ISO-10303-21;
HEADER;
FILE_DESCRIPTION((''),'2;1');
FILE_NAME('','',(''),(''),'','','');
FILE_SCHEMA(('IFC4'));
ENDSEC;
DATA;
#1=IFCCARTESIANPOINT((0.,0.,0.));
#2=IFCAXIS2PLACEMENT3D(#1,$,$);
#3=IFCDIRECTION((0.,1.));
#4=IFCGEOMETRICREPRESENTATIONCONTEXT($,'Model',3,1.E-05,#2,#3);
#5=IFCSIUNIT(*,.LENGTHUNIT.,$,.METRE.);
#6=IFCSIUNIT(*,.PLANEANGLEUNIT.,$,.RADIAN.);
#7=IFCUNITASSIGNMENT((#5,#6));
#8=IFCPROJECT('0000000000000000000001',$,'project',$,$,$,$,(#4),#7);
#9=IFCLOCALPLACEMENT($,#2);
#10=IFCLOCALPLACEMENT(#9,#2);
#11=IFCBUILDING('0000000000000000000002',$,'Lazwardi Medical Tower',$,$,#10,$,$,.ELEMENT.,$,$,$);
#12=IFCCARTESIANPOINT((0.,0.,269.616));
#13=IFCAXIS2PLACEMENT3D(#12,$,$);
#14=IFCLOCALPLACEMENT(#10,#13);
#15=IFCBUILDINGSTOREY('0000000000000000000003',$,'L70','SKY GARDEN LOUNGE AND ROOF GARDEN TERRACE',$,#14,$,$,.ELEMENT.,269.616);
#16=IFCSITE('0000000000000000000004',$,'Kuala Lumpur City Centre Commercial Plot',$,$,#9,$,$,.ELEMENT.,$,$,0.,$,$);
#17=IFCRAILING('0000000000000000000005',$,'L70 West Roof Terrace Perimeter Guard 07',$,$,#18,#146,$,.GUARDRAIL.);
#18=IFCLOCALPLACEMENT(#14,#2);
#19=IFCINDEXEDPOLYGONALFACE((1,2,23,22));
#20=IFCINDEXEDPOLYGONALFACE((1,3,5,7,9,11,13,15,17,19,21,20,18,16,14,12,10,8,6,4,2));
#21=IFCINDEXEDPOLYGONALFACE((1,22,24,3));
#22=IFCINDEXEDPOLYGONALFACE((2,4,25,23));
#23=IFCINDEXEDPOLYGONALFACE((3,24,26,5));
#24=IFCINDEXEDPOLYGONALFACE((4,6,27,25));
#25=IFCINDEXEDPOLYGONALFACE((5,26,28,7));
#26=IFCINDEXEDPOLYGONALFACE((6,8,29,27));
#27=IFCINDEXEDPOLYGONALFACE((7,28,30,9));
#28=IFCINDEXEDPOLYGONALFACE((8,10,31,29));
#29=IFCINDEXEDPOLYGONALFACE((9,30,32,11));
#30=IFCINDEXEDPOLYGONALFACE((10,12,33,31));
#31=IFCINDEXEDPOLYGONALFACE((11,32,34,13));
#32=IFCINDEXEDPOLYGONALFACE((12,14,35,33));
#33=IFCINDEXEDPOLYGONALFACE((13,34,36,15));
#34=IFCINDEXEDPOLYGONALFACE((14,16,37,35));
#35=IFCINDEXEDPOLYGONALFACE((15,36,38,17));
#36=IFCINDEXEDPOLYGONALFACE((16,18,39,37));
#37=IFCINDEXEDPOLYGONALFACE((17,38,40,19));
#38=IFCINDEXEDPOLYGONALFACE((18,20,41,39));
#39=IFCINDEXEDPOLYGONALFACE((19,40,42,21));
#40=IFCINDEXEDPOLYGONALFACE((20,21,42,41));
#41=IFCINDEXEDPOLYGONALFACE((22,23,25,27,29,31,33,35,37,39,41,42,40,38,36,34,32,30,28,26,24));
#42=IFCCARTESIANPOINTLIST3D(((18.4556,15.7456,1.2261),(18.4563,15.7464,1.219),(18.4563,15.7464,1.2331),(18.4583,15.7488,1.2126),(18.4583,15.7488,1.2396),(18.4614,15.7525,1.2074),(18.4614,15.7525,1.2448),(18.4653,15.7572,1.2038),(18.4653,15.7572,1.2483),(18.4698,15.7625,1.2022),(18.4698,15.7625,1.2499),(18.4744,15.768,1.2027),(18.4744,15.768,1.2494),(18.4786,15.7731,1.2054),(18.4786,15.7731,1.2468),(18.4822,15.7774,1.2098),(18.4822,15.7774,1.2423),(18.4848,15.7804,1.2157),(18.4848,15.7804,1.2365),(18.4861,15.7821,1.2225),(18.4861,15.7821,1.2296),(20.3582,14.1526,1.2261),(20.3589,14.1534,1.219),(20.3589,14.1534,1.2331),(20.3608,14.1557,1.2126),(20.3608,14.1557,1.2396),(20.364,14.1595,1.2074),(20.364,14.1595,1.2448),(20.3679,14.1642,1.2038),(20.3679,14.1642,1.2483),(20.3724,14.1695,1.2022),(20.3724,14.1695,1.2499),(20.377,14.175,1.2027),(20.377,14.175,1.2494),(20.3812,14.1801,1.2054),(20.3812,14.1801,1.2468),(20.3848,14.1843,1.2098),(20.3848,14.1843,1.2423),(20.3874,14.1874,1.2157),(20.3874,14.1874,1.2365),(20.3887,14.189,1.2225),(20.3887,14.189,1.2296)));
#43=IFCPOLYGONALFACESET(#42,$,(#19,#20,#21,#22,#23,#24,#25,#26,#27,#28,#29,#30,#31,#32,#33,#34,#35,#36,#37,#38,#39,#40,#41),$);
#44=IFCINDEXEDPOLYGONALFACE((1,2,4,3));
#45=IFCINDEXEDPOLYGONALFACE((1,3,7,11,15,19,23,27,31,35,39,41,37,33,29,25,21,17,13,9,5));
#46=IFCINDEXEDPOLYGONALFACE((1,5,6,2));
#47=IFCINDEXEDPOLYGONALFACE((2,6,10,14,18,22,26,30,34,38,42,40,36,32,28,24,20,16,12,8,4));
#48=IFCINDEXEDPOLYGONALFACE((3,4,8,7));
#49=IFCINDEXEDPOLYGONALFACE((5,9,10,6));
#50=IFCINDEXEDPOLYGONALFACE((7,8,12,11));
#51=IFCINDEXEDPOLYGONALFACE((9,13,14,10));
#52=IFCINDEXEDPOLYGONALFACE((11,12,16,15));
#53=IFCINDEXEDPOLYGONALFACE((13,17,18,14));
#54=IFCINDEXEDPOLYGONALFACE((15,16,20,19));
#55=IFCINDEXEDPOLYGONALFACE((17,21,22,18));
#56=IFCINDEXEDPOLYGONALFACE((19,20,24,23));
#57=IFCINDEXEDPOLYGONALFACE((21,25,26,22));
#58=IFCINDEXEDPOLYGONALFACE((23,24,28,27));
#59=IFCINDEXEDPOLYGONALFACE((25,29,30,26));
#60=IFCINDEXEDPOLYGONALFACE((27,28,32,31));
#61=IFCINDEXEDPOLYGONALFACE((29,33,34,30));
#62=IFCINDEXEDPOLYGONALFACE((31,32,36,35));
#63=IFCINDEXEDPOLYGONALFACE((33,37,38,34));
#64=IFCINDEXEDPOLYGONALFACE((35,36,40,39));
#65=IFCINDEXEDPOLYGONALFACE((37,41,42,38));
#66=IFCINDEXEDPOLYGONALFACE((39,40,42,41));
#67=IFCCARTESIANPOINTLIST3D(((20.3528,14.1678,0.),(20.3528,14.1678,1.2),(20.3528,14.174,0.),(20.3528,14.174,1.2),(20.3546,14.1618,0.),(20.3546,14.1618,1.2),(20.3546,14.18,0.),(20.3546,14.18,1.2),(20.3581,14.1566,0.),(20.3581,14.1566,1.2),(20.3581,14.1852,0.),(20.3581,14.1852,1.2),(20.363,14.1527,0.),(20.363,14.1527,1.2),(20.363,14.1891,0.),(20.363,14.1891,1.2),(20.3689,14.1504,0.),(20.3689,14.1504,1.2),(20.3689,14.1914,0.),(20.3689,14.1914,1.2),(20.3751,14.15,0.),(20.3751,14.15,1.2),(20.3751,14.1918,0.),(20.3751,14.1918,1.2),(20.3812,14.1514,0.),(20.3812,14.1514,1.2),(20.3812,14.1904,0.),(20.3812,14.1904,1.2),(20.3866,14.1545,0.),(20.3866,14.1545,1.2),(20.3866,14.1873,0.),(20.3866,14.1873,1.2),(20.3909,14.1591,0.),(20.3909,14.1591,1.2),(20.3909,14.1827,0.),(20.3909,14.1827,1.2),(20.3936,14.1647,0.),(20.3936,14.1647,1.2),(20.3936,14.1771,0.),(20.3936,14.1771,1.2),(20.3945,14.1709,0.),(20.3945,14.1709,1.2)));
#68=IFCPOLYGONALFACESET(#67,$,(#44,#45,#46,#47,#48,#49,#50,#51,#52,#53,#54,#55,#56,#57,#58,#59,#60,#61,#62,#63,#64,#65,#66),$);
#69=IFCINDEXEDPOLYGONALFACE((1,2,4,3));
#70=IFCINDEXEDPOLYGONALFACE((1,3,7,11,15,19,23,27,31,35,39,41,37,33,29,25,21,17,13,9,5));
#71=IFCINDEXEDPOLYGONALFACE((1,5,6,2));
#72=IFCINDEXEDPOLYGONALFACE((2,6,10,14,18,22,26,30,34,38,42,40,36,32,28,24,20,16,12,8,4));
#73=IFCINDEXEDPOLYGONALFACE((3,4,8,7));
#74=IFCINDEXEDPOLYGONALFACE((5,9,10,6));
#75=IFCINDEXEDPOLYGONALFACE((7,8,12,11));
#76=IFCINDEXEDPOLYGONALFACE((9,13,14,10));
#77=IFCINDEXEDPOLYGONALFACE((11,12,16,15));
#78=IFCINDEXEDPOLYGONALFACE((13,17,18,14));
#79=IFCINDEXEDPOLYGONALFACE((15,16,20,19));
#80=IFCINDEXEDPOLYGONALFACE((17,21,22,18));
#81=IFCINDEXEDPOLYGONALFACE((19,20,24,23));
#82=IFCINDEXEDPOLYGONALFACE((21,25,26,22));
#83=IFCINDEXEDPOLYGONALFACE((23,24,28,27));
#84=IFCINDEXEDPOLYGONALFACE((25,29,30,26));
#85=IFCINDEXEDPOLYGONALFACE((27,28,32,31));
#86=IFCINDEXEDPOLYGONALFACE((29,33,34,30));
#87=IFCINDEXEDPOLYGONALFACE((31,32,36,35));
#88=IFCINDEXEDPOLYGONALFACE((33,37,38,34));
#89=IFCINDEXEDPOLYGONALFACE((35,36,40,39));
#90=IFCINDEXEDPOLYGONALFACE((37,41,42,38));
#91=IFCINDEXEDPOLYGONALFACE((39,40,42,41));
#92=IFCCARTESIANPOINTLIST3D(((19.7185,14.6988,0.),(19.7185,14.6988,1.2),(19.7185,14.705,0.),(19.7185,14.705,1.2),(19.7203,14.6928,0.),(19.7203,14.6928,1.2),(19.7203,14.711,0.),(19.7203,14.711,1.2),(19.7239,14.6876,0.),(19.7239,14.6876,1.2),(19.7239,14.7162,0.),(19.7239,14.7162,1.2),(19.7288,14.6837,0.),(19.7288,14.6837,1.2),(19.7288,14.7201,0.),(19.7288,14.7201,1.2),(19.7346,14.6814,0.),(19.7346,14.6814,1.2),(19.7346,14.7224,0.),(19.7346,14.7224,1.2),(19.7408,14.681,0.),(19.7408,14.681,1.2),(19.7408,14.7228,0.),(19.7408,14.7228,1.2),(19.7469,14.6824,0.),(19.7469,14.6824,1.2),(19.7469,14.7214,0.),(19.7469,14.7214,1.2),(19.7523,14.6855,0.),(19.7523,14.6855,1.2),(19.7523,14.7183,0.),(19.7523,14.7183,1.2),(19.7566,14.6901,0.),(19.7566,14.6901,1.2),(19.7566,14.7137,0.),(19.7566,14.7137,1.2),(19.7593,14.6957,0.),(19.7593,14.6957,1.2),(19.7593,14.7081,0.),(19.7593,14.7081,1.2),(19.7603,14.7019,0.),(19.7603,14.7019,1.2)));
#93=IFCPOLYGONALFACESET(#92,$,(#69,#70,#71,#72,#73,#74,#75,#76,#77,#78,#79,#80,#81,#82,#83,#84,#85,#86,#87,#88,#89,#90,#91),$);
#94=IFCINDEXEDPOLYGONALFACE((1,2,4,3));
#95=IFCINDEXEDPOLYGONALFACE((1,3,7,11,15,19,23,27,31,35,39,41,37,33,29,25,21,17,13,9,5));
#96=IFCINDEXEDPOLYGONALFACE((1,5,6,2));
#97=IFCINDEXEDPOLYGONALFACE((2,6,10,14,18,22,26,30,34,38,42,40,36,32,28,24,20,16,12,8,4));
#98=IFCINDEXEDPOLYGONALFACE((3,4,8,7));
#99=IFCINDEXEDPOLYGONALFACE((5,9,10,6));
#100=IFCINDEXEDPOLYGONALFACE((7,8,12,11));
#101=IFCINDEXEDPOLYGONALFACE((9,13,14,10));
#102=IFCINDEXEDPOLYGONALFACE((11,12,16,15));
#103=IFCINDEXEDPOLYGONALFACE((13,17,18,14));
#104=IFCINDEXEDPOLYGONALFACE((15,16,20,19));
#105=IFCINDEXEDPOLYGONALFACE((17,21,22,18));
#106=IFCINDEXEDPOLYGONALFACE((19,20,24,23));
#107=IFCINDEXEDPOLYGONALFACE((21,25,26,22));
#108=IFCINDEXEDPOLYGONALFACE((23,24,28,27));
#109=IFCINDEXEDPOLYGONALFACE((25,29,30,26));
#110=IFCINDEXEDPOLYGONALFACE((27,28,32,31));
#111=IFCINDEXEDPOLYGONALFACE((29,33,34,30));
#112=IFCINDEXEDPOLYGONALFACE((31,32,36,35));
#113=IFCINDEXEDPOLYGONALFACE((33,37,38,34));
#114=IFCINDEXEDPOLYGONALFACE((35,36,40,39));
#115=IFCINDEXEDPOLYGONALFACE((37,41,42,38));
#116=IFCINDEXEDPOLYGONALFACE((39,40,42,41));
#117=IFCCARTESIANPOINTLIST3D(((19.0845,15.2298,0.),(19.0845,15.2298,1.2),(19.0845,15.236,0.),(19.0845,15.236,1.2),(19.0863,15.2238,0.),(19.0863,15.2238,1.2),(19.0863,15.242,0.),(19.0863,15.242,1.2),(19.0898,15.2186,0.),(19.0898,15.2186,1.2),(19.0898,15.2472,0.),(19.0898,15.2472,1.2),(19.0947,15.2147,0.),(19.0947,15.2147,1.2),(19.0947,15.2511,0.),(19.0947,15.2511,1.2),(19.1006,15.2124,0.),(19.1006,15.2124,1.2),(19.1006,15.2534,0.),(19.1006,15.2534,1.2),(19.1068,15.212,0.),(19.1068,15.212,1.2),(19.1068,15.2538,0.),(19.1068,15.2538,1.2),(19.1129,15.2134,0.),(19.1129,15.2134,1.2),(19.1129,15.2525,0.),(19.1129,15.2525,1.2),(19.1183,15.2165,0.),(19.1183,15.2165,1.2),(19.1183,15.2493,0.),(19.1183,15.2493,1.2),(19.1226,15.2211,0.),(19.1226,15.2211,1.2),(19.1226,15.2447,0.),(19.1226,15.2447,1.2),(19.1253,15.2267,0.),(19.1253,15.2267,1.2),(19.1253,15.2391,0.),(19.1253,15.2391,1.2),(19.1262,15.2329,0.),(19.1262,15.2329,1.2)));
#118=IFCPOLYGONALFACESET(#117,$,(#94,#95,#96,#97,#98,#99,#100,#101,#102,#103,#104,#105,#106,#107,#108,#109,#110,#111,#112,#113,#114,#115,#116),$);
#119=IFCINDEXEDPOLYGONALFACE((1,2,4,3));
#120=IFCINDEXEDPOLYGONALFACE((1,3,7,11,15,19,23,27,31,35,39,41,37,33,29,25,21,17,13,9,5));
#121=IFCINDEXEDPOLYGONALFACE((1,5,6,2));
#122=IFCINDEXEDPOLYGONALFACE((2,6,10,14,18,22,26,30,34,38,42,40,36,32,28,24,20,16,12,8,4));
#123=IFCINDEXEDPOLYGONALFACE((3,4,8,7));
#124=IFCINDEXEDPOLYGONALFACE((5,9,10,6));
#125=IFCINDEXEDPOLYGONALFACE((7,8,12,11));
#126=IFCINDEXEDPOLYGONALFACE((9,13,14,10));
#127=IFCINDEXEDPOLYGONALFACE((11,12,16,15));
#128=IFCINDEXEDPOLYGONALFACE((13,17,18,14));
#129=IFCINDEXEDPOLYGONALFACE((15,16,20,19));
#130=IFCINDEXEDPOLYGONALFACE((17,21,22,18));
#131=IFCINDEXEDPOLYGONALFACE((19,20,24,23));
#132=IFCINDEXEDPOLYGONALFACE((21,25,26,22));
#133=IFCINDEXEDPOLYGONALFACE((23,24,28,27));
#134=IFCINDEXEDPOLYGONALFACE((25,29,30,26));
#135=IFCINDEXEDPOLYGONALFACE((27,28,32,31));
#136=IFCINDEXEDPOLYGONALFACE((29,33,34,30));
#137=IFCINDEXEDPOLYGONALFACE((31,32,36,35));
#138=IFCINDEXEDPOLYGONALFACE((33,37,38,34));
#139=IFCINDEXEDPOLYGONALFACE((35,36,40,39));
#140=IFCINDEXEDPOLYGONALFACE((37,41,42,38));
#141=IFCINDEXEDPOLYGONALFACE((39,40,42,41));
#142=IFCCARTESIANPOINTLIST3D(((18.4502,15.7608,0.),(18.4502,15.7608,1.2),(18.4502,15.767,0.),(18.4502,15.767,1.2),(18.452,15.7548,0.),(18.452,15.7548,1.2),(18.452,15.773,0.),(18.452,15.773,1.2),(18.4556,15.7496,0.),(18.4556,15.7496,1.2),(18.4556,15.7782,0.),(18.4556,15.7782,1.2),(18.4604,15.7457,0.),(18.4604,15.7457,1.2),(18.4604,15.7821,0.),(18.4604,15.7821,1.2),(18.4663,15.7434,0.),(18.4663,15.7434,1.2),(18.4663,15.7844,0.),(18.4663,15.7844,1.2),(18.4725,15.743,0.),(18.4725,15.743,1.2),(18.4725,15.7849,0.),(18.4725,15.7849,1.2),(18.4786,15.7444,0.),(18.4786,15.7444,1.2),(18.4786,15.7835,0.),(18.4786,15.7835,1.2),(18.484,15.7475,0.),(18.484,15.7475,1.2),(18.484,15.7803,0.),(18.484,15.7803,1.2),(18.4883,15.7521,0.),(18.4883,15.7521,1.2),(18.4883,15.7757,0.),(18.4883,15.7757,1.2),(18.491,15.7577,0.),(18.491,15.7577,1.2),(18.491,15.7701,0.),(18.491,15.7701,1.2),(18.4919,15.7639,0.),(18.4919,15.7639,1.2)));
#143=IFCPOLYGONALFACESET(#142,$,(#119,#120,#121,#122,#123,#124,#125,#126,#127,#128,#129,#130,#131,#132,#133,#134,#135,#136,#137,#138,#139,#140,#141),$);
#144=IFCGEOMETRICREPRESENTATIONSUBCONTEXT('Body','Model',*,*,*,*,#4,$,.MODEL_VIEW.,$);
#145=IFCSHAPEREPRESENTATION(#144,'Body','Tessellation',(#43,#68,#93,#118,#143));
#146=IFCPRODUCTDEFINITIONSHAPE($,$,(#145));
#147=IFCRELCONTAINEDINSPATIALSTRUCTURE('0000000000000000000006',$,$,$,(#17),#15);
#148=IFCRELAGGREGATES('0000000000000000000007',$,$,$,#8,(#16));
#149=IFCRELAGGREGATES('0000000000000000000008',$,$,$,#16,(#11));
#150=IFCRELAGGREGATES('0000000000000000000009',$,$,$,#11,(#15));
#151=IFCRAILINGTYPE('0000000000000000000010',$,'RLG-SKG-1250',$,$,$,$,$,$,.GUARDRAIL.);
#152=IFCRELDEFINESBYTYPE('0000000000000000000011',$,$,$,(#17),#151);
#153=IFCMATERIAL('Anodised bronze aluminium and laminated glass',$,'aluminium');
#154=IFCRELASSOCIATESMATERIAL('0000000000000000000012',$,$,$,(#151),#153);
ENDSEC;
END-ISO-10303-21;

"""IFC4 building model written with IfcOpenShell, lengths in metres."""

from ifc_helpers import new_model, si_unit, direction, frame, origin, origin_2d, place, context, subcontext, project, spatial, circle, extrude, material, type_object, element, save


model = new_model("IFC4")

# Units and contexts
model_context = context("Model", 3, precision=1e-05, world=origin(), true_north=direction((0.0, 1.0)))
body_context = subcontext(model_context, "Body", "Model", "MODEL_VIEW")
ifc_project = project(units=[si_unit("LENGTHUNIT", "METRE"), si_unit("PLANEANGLEUNIT", "RADIAN")], contexts=[model_context])

# Site, building, storey
site_placement = place(None, origin())
site = spatial("IfcSite", under=ifc_project, at=site_placement, Name="Kuala Lumpur City Centre Commercial Plot", CompositionType="ELEMENT", RefElevation=0.0)
building_placement = place(site_placement, origin())
building = spatial("IfcBuilding", under=site, at=building_placement, Name="Lazwardi Medical Tower", CompositionType="ELEMENT")
storey_placement = place(building_placement, frame((0.0, 0.0, 269.616)))
storey = spatial("IfcBuildingStorey", under=building, at=storey_placement, Name="L70", Description="SKY GARDEN LOUNGE AND ROOF GARDEN TERRACE", CompositionType="ELEMENT", Elevation=269.616)

# Railing
ifc_material_1 = material(Name="Anodised bronze aluminium and laminated glass", Category="aluminium")
railing_type = type_object("IfcRailingType", Name="RLG-SKG-1250", PredefinedType="GUARDRAIL", material=ifc_material_1)
railing_1_placement = place(storey_placement, frame((20.3735, 14.1709, 0.0)))
element("IfcRailing", 1, at=railing_1_placement, inside=storey, type_object=railing_type, Name="L70 West Roof Terrace Perimeter Guard 07", PredefinedType="GUARDRAIL", context=body_context, shape_type="SweptSolid", body=[
    extrude(circle(Radius=0.0239, at=origin_2d()), frame((0.0, 0.0, 1.2261), z_axis=(-0.766727, 0.641973, 0.0), x_axis=(-0.641973, -0.766727, 0.0)), (0.0, 0.0, 1.0), 2.4814),
    extrude(circle(Radius=0.021, at=origin_2d()), origin(), (0.0, 0.0, 1.0), 1.2),
    extrude(circle(Radius=0.021, at=origin_2d()), frame((-0.6343, 0.531, 0.0)), (0.0, 0.0, 1.0), 1.2),
    extrude(circle(Radius=0.021, at=origin_2d()), frame((-1.2683, 1.062, 0.0)), (0.0, 0.0, 1.0), 1.2),
    extrude(circle(Radius=0.021, at=origin_2d()), frame((-1.9026, 1.593, 0.0)), (0.0, 0.0, 1.0), 1.2),
])

save(model, "model.ifc")
